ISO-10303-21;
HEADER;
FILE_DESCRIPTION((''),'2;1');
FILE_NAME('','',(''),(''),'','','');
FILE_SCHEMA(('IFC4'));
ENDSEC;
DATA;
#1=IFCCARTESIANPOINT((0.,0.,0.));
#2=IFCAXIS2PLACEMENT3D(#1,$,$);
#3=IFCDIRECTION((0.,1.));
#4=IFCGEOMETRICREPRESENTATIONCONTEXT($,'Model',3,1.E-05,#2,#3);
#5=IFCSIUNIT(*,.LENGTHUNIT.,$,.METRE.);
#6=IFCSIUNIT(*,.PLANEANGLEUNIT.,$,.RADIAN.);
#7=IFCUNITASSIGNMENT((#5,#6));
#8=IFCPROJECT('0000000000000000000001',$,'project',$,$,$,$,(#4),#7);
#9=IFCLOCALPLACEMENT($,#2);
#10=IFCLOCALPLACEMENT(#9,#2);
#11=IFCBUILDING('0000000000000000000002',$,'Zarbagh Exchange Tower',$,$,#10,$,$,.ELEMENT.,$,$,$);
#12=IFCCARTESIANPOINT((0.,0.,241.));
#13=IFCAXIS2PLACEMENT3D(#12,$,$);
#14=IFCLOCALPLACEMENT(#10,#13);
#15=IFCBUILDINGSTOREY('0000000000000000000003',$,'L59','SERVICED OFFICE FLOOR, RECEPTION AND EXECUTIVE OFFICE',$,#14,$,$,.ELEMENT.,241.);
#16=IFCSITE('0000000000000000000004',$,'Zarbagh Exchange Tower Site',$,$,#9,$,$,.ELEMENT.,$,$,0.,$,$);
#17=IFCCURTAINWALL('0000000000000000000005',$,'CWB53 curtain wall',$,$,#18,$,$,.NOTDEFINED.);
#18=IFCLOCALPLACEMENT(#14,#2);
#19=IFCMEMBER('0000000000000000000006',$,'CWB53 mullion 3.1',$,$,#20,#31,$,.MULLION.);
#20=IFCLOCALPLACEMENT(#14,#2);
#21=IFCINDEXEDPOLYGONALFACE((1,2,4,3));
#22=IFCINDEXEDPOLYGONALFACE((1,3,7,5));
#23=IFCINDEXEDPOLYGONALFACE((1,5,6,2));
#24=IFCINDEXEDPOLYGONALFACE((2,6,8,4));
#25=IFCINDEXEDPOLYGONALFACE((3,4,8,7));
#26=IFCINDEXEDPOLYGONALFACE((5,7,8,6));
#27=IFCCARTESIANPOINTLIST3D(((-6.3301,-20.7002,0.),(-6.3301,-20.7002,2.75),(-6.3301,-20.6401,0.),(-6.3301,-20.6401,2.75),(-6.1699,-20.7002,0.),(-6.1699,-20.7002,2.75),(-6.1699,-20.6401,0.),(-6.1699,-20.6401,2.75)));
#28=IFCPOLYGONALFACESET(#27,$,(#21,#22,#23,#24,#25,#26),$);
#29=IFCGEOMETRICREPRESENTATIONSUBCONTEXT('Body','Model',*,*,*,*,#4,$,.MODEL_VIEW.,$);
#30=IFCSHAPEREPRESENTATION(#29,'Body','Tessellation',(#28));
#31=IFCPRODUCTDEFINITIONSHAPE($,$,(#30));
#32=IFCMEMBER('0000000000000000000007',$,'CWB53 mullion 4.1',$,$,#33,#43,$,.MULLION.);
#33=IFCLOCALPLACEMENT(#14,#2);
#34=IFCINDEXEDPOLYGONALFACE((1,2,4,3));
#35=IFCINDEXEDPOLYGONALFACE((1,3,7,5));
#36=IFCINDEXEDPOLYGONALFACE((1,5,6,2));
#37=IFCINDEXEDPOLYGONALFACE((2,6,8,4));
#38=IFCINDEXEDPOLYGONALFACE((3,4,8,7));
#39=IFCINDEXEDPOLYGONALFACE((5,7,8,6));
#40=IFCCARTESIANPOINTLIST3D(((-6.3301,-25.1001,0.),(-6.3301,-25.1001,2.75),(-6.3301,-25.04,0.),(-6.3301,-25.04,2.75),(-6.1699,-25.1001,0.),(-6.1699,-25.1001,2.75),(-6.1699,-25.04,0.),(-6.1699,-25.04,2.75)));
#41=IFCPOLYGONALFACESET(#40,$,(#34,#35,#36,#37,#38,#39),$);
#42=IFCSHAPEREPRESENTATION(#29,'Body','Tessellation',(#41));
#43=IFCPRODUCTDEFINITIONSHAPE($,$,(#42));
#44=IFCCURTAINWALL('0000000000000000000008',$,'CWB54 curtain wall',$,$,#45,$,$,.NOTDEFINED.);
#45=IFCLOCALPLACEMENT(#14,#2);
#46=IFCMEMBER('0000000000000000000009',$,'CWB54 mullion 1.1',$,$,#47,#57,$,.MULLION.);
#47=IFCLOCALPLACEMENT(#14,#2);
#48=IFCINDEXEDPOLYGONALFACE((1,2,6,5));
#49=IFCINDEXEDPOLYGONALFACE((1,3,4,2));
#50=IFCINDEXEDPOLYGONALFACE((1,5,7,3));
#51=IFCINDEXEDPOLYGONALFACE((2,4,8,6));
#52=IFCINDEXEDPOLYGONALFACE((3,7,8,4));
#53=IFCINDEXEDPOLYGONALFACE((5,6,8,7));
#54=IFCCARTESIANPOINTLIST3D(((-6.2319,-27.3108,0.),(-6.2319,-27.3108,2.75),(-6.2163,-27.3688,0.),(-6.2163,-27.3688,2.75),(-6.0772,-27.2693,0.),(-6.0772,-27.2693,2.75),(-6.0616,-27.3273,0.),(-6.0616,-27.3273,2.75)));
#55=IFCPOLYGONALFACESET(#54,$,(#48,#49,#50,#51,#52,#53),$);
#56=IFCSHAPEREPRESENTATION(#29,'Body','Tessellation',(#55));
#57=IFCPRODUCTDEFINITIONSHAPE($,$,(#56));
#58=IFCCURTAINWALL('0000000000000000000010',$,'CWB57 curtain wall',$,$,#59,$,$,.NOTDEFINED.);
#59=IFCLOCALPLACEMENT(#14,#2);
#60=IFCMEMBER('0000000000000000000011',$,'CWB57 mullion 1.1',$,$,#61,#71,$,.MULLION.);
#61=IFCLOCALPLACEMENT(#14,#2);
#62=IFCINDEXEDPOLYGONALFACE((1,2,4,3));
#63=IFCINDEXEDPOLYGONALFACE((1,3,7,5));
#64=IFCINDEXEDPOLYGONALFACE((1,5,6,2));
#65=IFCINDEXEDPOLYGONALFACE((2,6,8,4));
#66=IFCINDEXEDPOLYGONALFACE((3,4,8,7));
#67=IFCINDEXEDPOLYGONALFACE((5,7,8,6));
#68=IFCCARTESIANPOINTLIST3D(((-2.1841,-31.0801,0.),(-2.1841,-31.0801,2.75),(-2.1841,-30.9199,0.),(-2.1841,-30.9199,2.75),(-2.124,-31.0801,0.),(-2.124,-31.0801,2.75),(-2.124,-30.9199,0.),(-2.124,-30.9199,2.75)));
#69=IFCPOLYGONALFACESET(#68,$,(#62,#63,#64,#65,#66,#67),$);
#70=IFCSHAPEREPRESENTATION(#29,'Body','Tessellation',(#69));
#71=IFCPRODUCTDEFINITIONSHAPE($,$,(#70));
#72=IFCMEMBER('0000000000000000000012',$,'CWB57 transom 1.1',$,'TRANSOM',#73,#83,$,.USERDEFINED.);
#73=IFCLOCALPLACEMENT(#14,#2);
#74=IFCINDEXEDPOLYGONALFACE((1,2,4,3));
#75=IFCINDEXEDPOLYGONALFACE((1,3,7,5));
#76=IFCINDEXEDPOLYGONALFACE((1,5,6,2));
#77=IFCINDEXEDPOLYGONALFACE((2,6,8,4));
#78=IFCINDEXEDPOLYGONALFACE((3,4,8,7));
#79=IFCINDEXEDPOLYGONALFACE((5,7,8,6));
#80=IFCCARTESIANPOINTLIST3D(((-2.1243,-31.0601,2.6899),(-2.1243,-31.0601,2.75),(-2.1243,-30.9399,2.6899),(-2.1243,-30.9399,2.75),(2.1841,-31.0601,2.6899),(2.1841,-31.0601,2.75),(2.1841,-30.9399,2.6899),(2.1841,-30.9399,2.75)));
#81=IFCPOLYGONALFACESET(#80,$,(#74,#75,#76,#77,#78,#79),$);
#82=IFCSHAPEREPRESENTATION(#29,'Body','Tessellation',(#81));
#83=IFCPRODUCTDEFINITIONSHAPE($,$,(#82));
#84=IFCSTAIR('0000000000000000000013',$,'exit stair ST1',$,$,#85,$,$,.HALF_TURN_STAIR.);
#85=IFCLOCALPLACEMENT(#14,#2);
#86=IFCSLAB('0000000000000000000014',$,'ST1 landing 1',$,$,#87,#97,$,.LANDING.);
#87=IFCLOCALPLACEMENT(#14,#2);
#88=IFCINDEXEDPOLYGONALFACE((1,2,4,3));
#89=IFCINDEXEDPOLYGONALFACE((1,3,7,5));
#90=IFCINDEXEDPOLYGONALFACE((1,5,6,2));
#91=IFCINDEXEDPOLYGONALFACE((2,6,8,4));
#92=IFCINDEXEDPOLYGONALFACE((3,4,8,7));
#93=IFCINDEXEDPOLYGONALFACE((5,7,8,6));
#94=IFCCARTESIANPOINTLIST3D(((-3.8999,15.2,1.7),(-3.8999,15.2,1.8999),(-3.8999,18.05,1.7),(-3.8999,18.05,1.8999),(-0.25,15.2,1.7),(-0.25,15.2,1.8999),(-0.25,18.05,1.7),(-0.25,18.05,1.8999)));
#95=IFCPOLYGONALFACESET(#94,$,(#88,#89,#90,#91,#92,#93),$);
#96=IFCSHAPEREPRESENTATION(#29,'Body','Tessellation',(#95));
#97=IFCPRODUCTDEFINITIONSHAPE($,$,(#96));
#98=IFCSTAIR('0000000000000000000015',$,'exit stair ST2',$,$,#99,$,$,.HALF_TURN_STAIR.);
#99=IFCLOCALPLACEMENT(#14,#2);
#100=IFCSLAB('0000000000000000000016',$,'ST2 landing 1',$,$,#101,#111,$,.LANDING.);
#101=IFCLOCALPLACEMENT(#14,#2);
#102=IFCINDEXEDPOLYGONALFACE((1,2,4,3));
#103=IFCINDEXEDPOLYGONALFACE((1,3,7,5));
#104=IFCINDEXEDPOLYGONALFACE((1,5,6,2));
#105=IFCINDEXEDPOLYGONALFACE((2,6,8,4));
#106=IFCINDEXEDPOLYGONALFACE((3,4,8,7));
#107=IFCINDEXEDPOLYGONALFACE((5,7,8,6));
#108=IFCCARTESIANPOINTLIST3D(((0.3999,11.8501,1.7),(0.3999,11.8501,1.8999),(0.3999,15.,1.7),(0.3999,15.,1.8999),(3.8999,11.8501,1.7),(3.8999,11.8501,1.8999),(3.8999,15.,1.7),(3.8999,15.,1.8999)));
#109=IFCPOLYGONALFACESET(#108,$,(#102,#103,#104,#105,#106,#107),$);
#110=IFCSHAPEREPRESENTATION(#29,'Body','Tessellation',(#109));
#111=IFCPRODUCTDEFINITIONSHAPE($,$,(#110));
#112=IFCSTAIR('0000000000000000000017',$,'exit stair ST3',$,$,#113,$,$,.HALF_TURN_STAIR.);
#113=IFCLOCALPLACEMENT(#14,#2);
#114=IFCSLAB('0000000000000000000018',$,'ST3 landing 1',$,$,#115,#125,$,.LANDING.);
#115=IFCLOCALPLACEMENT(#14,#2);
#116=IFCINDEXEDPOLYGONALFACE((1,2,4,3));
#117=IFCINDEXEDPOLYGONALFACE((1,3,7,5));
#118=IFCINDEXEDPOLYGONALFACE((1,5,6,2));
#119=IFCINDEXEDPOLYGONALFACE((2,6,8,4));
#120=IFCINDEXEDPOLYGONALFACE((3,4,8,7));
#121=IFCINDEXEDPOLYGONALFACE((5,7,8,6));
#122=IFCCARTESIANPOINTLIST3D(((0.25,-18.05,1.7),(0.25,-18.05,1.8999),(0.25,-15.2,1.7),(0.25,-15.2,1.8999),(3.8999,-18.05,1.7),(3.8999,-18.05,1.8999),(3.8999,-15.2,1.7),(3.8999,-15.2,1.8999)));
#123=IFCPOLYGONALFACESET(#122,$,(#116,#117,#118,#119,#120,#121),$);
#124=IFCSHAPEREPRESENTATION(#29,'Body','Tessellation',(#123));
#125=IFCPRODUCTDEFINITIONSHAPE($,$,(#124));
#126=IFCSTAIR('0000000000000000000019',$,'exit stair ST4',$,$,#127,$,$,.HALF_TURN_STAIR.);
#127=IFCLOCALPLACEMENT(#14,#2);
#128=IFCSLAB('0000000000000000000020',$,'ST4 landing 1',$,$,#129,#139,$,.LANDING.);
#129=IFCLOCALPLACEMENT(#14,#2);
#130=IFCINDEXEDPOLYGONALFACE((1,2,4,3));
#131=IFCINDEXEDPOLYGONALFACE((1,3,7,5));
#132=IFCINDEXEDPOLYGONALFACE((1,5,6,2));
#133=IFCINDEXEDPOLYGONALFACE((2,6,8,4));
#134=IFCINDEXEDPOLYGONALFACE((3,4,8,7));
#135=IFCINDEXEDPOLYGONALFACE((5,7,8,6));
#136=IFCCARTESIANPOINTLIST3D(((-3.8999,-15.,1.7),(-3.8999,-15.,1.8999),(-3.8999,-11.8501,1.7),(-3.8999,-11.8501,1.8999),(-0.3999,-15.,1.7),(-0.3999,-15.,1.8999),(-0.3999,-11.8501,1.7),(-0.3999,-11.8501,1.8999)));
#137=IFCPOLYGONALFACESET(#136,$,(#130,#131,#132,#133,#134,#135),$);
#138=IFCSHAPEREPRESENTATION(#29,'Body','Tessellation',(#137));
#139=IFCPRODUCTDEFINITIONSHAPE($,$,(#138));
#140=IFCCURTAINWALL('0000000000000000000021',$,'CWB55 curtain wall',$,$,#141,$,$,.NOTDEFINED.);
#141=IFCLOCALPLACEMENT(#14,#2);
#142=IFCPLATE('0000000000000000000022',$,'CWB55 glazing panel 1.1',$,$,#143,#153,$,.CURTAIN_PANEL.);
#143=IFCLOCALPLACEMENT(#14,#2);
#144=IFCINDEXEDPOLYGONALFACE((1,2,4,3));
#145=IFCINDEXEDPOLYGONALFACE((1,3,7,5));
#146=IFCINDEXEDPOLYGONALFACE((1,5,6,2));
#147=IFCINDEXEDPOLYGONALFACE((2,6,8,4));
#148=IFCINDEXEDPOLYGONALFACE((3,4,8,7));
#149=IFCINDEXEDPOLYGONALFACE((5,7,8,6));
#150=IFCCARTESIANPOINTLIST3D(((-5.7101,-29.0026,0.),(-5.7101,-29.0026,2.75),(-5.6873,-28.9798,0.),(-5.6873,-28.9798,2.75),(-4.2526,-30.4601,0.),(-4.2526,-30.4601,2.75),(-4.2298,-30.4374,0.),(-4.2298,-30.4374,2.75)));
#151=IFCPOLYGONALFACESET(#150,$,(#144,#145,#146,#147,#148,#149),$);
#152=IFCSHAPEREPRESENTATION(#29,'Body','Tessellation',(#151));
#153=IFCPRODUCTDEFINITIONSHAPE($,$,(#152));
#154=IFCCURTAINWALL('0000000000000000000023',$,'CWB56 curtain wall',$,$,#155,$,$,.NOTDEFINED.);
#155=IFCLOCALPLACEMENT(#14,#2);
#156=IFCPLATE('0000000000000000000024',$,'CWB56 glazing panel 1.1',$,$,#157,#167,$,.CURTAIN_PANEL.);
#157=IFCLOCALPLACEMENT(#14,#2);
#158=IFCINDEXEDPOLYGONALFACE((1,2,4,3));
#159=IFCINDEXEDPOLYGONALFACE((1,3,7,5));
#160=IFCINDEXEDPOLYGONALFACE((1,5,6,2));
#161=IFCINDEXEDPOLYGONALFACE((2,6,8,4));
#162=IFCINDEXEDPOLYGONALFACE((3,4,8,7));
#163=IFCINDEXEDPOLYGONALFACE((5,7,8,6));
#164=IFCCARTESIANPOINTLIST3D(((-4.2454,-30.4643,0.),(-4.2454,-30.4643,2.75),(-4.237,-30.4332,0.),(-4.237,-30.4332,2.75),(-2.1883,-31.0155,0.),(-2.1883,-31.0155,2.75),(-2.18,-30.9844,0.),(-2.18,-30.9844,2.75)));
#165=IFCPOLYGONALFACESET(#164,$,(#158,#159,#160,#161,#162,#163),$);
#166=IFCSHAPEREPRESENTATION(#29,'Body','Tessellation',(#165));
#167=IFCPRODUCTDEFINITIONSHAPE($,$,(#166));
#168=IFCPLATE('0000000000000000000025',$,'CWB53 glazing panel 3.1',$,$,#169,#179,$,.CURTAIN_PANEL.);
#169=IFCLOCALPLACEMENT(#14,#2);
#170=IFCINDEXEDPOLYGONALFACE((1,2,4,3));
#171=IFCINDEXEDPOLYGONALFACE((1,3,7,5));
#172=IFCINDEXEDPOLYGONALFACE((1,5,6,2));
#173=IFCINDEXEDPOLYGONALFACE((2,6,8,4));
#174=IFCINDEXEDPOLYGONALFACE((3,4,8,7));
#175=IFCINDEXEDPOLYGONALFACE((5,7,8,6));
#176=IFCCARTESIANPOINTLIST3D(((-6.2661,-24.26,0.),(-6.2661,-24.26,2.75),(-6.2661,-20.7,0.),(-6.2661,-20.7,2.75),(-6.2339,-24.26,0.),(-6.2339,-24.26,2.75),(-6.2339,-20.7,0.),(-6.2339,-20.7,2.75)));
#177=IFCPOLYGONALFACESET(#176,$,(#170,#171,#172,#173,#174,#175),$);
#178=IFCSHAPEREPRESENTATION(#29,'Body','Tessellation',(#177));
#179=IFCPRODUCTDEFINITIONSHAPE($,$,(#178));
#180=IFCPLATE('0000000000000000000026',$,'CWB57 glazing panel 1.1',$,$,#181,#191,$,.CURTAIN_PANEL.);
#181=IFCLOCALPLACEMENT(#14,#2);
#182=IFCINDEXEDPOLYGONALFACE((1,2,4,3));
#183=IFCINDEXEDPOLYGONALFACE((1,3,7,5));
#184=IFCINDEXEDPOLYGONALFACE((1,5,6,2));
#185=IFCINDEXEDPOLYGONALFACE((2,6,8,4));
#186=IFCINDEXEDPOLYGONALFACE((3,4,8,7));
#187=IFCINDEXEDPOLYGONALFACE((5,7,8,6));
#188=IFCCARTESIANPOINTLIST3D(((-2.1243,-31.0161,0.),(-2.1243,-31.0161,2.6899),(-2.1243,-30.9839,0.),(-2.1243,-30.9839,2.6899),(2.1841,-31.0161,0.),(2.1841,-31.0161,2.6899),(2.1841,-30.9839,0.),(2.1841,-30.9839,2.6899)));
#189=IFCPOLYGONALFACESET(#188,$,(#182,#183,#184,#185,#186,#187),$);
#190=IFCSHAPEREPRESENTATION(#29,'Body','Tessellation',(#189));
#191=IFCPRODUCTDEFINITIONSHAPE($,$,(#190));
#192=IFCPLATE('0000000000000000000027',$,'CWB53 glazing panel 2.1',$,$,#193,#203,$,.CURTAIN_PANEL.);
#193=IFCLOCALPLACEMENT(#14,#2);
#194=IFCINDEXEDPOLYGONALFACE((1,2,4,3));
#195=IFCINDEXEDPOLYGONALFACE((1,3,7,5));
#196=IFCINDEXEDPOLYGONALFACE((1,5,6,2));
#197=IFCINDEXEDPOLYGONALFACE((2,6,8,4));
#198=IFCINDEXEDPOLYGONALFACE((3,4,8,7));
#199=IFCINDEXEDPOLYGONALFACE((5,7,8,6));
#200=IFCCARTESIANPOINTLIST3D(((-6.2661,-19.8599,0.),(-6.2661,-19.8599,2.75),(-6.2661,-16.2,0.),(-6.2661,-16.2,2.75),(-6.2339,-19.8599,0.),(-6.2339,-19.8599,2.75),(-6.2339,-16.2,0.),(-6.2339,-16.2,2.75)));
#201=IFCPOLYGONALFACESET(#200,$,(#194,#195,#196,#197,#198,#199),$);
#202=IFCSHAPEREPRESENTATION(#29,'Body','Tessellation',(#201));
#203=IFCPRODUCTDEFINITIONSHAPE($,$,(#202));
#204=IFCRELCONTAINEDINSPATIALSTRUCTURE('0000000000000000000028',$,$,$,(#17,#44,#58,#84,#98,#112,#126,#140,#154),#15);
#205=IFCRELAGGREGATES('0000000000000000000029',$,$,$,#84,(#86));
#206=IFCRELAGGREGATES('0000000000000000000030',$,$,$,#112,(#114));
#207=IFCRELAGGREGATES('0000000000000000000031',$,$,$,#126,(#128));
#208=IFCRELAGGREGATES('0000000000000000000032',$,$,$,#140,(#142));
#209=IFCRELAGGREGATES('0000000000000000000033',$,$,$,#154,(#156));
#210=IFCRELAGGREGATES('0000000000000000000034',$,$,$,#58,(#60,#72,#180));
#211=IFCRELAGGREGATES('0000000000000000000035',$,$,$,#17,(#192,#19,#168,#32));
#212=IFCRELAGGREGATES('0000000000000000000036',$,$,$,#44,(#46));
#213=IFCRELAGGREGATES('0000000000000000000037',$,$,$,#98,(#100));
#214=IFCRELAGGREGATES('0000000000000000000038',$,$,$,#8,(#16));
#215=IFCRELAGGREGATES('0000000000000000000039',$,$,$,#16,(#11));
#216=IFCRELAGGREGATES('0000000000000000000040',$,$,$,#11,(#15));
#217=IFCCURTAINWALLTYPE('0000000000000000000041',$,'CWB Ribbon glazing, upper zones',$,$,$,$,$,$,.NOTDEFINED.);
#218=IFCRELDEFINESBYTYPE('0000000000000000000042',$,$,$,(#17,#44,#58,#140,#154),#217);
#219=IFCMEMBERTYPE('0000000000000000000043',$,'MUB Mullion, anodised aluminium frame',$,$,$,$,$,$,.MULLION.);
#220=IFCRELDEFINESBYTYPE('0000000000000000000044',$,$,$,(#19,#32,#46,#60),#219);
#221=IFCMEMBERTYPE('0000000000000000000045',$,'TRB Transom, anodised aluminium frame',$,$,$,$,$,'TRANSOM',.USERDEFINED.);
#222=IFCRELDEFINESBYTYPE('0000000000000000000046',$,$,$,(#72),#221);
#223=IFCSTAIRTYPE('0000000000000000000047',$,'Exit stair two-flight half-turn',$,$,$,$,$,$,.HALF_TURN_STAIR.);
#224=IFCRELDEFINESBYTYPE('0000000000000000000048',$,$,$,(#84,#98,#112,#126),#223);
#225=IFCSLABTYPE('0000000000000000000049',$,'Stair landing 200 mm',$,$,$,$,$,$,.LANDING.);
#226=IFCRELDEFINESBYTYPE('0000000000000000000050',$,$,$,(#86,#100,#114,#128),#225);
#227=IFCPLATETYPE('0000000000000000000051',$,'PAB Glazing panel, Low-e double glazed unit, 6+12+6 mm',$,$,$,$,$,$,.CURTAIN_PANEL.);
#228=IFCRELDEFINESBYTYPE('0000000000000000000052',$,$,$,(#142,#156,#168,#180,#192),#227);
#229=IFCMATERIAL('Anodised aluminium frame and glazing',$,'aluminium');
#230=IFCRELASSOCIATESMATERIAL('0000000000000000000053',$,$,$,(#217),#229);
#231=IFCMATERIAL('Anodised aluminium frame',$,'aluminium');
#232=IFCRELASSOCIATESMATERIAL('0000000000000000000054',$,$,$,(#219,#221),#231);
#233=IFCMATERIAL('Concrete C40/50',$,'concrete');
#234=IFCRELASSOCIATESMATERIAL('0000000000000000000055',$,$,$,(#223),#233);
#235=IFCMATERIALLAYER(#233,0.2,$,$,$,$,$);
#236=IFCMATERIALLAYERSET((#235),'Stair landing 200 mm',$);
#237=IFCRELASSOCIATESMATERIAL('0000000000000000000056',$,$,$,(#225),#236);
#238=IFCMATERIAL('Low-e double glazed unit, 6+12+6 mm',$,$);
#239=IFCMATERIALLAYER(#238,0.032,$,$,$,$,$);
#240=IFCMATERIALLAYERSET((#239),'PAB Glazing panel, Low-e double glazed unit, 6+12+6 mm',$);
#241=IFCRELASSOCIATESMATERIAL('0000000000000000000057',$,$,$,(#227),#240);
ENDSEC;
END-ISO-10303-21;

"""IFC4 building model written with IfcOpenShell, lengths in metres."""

from ifc_helpers import new_model, si_unit, direction, frame, origin, place, context, subcontext, project, spatial, polyline, outline, extrude, source, transform, mapped, material, layer, layer_set, type_object, element, aggregate, save


model = new_model("IFC4")

# Units and contexts
model_context = context("Model", 3, precision=1e-05, world=origin(), true_north=direction((0.0, 1.0)))
body_context = subcontext(model_context, "Body", "Model", "MODEL_VIEW")
ifc_project = project(units=[si_unit("LENGTHUNIT", "METRE"), si_unit("PLANEANGLEUNIT", "RADIAN")], contexts=[model_context])

# Site, building, storey
site_placement = place(None, origin())
site = spatial("IfcSite", under=ifc_project, at=site_placement, Name="Zarbagh Exchange Tower Site", CompositionType="ELEMENT", RefElevation=0.0)
building_placement = place(site_placement, origin())
building = spatial("IfcBuilding", under=site, at=building_placement, Name="Zarbagh Exchange Tower", CompositionType="ELEMENT")
storey_placement = place(building_placement, frame((0.0, 0.0, 241.0)))
storey = spatial("IfcBuildingStorey", under=building, at=storey_placement, Name="L59", Description="SERVICED OFFICE FLOOR, RECEPTION AND EXECUTIVE OFFICE", CompositionType="ELEMENT", Elevation=241.0)

# Curtain wall, members
ifc_material_1 = material(Name="Anodised aluminium frame and glazing", Category="aluminium")
curtain_wall_type = type_object("IfcCurtainWallType", Name="CWB Ribbon glazing, upper zones", PredefinedType="NOTDEFINED", material=ifc_material_1)
curtain_wall_1_placement = place(storey_placement, origin())
curtain_wall_1 = element("IfcCurtainWall", 1, at=curtain_wall_1_placement, inside=storey, type_object=curtain_wall_type, Name="CWB53 curtain wall", PredefinedType="NOTDEFINED")
ifc_material_2 = material(Name="Anodised aluminium frame", Category="aluminium")
member_type_1 = type_object("IfcMemberType", Name="MUB Mullion, anodised aluminium frame", PredefinedType="MULLION", material=ifc_material_2)
shared_shape_1 = source(origin(), body_context, "Body", "SweptSolid", [
    extrude(outline(polyline([(0.0, -0.0801), (0.0601, -0.0801), (0.0601, 0.0801), (0.0, 0.0801), (0.0, -0.0801)])), origin(), (0.0, 0.0, 1.0), 2.75),
])
placement = place(storey_placement, origin())
member_1 = element("IfcMember", 2, at=placement, type_object=member_type_1, Name="CWB53 mullion 3.1", PredefinedType="MULLION", context=body_context, shape_type="MappedRepresentation", body=[
    mapped(shared_shape_1, transform((-6.25, -20.6401, 0.0), x_axis=(0.0, -1.0, 0.0), y_axis=(1.0, 0.0, 0.0), z_axis=(0.0, 0.0, 1.0))),
])
member_2 = element("IfcMember", 3, at=placement, type_object=member_type_1, Name="CWB53 mullion 4.1", PredefinedType="MULLION", context=body_context, shape_type="MappedRepresentation", body=[
    mapped(shared_shape_1, transform((-6.25, -25.04, 0.0), x_axis=(0.0, -1.0, 0.0), y_axis=(1.0, 0.0, 0.0), z_axis=(0.0, 0.0, 1.0))),
])

# Curtain wall, member
curtain_wall_2_placement = place(storey_placement, origin())
curtain_wall_2 = element("IfcCurtainWall", 4, at=curtain_wall_2_placement, inside=storey, type_object=curtain_wall_type, Name="CWB54 curtain wall", PredefinedType="NOTDEFINED")
member_3 = element("IfcMember", 5, at=placement, type_object=member_type_1, Name="CWB54 mullion 1.1", PredefinedType="MULLION", context=body_context, shape_type="MappedRepresentation", body=[
    mapped(shared_shape_1, transform((-6.1545, -27.29, 0.0), x_axis=(0.258825, -0.965924, 0.0), y_axis=(0.965924, 0.258825, 0.0), z_axis=(0.0, 0.0, 1.0))),
])

# Curtain wall, members
curtain_wall_3_placement = place(storey_placement, origin())
curtain_wall_3 = element("IfcCurtainWall", 6, at=curtain_wall_3_placement, inside=storey, type_object=curtain_wall_type, Name="CWB57 curtain wall", PredefinedType="NOTDEFINED")
member_4 = element("IfcMember", 7, at=placement, type_object=member_type_1, Name="CWB57 mullion 1.1", PredefinedType="MULLION", context=body_context, shape_type="MappedRepresentation", body=[
    mapped(shared_shape_1, transform((-2.1841, -31.0, 0.0), x_axis=(1.0, 0.0, 0.0), y_axis=(0.0, 1.0, 0.0), z_axis=(0.0, 0.0, 1.0))),
])
member_type_2 = type_object("IfcMemberType", Name="TRB Transom, anodised aluminium frame", ElementType="TRANSOM", PredefinedType="USERDEFINED", material=ifc_material_2)
shared_shape_2 = source(origin(), body_context, "Body", "SweptSolid", [
    extrude(outline(polyline([(-0.0601, -0.0601), (0.0, -0.0601), (0.0, 0.0601), (-0.0601, 0.0601), (-0.0601, -0.0601)])), origin(), (0.0, 0.0, 1.0), 4.3083),
])
member_5 = element("IfcMember", 8, at=placement, type_object=member_type_2, Name="CWB57 transom 1.1", ObjectType="TRANSOM", PredefinedType="USERDEFINED", context=body_context, shape_type="MappedRepresentation", body=[
    mapped(shared_shape_2, transform((-2.1243, -31.0, 2.75), x_axis=(0.0, 0.0, 1.0), y_axis=(0.0, -1.0, 0.0), z_axis=(1.0, 0.0, 0.0))),
])

# Stairs, slabs
ifc_material_3 = material(Name="Concrete C40/50", Category="concrete")
stair_type = type_object("IfcStairType", Name="Exit stair two-flight half-turn", PredefinedType="HALF_TURN_STAIR", material=ifc_material_3)
stair_1_placement = place(storey_placement, origin())
stair_1 = element("IfcStair", 9, at=stair_1_placement, inside=storey, type_object=stair_type, Name="exit stair ST1", PredefinedType="HALF_TURN_STAIR")
ifc_layer_1 = layer(ifc_material_3, 0.2)
ifc_layer_set_1 = layer_set([ifc_layer_1], Name="Stair landing 200 mm")
slab_type = type_object("IfcSlabType", Name="Stair landing 200 mm", PredefinedType="LANDING", material=ifc_layer_set_1)
slab_1_placement = place(storey_placement, frame((0.0, 0.0, 1.7)))
slab_1 = element("IfcSlab", 10, at=slab_1_placement, type_object=slab_type, Name="ST1 landing 1", PredefinedType="LANDING", context=body_context, shape_type="SweptSolid", body=[
    extrude(outline(polyline([(-0.25, 18.05), (-3.8999, 18.05), (-3.8999, 15.2), (-0.25, 15.2), (-0.25, 18.05)])), origin(), (0.0, 0.0, 1.0), 0.2),
])
aggregate(stair_1, [slab_1])
stair_2_placement = place(storey_placement, origin())
stair_2 = element("IfcStair", 11, at=stair_2_placement, inside=storey, type_object=stair_type, Name="exit stair ST2", PredefinedType="HALF_TURN_STAIR")
slab_2_placement = place(storey_placement, frame((0.0, 0.0, 1.7)))
slab_2 = element("IfcSlab", 12, at=slab_2_placement, type_object=slab_type, Name="ST2 landing 1", PredefinedType="LANDING", context=body_context, shape_type="SweptSolid", body=[
    extrude(outline(polyline([(0.3999, 11.8501), (3.8999, 11.8501), (3.8999, 15.0), (0.3999, 15.0), (0.3999, 11.8501)])), origin(), (0.0, 0.0, 1.0), 0.2),
])
stair_3_placement = place(storey_placement, origin())
stair_3 = element("IfcStair", 13, at=stair_3_placement, inside=storey, type_object=stair_type, Name="exit stair ST3", PredefinedType="HALF_TURN_STAIR")
slab_3_placement = place(storey_placement, frame((0.0, 0.0, 1.7)))
slab_3 = element("IfcSlab", 14, at=slab_3_placement, type_object=slab_type, Name="ST3 landing 1", PredefinedType="LANDING", context=body_context, shape_type="SweptSolid", body=[
    extrude(outline(polyline([(0.25, -18.05), (3.8999, -18.05), (3.8999, -15.2), (0.25, -15.2), (0.25, -18.05)])), origin(), (0.0, 0.0, 1.0), 0.2),
])
aggregate(stair_3, [slab_3])
stair_4_placement = place(storey_placement, origin())
stair_4 = element("IfcStair", 15, at=stair_4_placement, inside=storey, type_object=stair_type, Name="exit stair ST4", PredefinedType="HALF_TURN_STAIR")
slab_4_placement = place(storey_placement, frame((0.0, 0.0, 1.7)))
slab_4 = element("IfcSlab", 16, at=slab_4_placement, type_object=slab_type, Name="ST4 landing 1", PredefinedType="LANDING", context=body_context, shape_type="SweptSolid", body=[
    extrude(outline(polyline([(-0.3999, -11.8501), (-3.8999, -11.8501), (-3.8999, -15.0), (-0.3999, -15.0), (-0.3999, -11.8501)])), origin(), (0.0, 0.0, 1.0), 0.2),
])
aggregate(stair_4, [slab_4])

# Curtain walls, plates
curtain_wall_4_placement = place(storey_placement, origin())
curtain_wall_4 = element("IfcCurtainWall", 17, at=curtain_wall_4_placement, inside=storey, type_object=curtain_wall_type, Name="CWB55 curtain wall", PredefinedType="NOTDEFINED")
ifc_material_4 = material(Name="Low-e double glazed unit, 6+12+6 mm")
ifc_layer_2 = layer(ifc_material_4, 0.032)
ifc_layer_set_2 = layer_set([ifc_layer_2], Name="PAB Glazing panel, Low-e double glazed unit, 6+12+6 mm")
plate_type = type_object("IfcPlateType", Name="PAB Glazing panel, Low-e double glazed unit, 6+12+6 mm", PredefinedType="CURTAIN_PANEL", material=ifc_layer_set_2)
shared_shape_3 = source(origin(), body_context, "Body", "SweptSolid", [
    extrude(outline(polyline([(0.0, -0.0161), (2.0613, -0.0161), (2.0613, 0.0161), (0.0, 0.0161), (0.0, -0.0161)])), origin(), (0.0, 0.0, 1.0), 2.75),
])
plate_1 = element("IfcPlate", 18, at=placement, type_object=plate_type, Name="CWB55 glazing panel 1.1", PredefinedType="CURTAIN_PANEL", context=body_context, shape_type="MappedRepresentation", body=[
    mapped(shared_shape_3, transform((-5.6987, -28.9912, 0.0), x_axis=(0.707107, -0.707107, 0.0), y_axis=(0.707107, 0.707107, 0.0), z_axis=(0.0, 0.0, 1.0))),
])
aggregate(curtain_wall_4, [plate_1])
curtain_wall_5_placement = place(storey_placement, origin())
curtain_wall_5 = element("IfcCurtainWall", 19, at=curtain_wall_5_placement, inside=storey, type_object=curtain_wall_type, Name="CWB56 curtain wall", PredefinedType="NOTDEFINED")
shared_shape_4 = source(origin(), body_context, "Body", "SweptSolid", [
    extrude(outline(polyline([(0.0, -0.0161), (2.1296, -0.0161), (2.1296, 0.0161), (0.0, 0.0161), (0.0, -0.0161)])), origin(), (0.0, 0.0, 1.0), 2.75),
])
plate_2 = element("IfcPlate", 20, at=placement, type_object=plate_type, Name="CWB56 glazing panel 1.1", PredefinedType="CURTAIN_PANEL", context=body_context, shape_type="MappedRepresentation", body=[
    mapped(shared_shape_4, transform((-4.2412, -30.4487, 0.0), x_axis=(0.965924, -0.258825, 0.0), y_axis=(0.258825, 0.965924, 0.0), z_axis=(0.0, 0.0, 1.0))),
])
aggregate(curtain_wall_5, [plate_2])

# Plates
shared_shape_5 = source(origin(), body_context, "Body", "SweptSolid", [
    extrude(outline(polyline([(0.0, -0.0161), (3.5601, -0.0161), (3.5601, 0.0161), (0.0, 0.0161), (0.0, -0.0161)])), origin(), (0.0, 0.0, 1.0), 2.75),
])
plate_3 = element("IfcPlate", 21, at=placement, type_object=plate_type, Name="CWB53 glazing panel 3.1", PredefinedType="CURTAIN_PANEL", context=body_context, shape_type="MappedRepresentation", body=[
    mapped(shared_shape_5, transform((-6.25, -20.7, 0.0), x_axis=(0.0, -1.0, 0.0), y_axis=(1.0, 0.0, 0.0), z_axis=(0.0, 0.0, 1.0))),
])
shared_shape_6 = source(origin(), body_context, "Body", "SweptSolid", [
    extrude(outline(polyline([(0.0, -0.0161), (4.3083, -0.0161), (4.3083, 0.0161), (0.0, 0.0161), (0.0, -0.0161)])), origin(), (0.0, 0.0, 1.0), 2.6899),
])
plate_4 = element("IfcPlate", 22, at=placement, type_object=plate_type, Name="CWB57 glazing panel 1.1", PredefinedType="CURTAIN_PANEL", context=body_context, shape_type="MappedRepresentation", body=[
    mapped(shared_shape_6, transform((-2.1243, -31.0, 0.0), x_axis=(1.0, 0.0, 0.0), y_axis=(0.0, 1.0, 0.0), z_axis=(0.0, 0.0, 1.0))),
])
aggregate(curtain_wall_3, [member_4, member_5, plate_4])
shared_shape_7 = source(origin(), body_context, "Body", "SweptSolid", [
    extrude(outline(polyline([(0.0, -0.0161), (3.6599, -0.0161), (3.6599, 0.0161), (0.0, 0.0161), (0.0, -0.0161)])), origin(), (0.0, 0.0, 1.0), 2.75),
])
plate_5 = element("IfcPlate", 23, at=placement, type_object=plate_type, Name="CWB53 glazing panel 2.1", PredefinedType="CURTAIN_PANEL", context=body_context, shape_type="MappedRepresentation", body=[
    mapped(shared_shape_7, transform((-6.25, -16.2, 0.0), x_axis=(0.0, -1.0, 0.0), y_axis=(1.0, 0.0, 0.0), z_axis=(0.0, 0.0, 1.0))),
])
aggregate(curtain_wall_1, [plate_5, member_1, plate_3, member_2])
aggregate(curtain_wall_2, [member_3])

aggregate(stair_2, [slab_2])

save(model, "model.ifc")
